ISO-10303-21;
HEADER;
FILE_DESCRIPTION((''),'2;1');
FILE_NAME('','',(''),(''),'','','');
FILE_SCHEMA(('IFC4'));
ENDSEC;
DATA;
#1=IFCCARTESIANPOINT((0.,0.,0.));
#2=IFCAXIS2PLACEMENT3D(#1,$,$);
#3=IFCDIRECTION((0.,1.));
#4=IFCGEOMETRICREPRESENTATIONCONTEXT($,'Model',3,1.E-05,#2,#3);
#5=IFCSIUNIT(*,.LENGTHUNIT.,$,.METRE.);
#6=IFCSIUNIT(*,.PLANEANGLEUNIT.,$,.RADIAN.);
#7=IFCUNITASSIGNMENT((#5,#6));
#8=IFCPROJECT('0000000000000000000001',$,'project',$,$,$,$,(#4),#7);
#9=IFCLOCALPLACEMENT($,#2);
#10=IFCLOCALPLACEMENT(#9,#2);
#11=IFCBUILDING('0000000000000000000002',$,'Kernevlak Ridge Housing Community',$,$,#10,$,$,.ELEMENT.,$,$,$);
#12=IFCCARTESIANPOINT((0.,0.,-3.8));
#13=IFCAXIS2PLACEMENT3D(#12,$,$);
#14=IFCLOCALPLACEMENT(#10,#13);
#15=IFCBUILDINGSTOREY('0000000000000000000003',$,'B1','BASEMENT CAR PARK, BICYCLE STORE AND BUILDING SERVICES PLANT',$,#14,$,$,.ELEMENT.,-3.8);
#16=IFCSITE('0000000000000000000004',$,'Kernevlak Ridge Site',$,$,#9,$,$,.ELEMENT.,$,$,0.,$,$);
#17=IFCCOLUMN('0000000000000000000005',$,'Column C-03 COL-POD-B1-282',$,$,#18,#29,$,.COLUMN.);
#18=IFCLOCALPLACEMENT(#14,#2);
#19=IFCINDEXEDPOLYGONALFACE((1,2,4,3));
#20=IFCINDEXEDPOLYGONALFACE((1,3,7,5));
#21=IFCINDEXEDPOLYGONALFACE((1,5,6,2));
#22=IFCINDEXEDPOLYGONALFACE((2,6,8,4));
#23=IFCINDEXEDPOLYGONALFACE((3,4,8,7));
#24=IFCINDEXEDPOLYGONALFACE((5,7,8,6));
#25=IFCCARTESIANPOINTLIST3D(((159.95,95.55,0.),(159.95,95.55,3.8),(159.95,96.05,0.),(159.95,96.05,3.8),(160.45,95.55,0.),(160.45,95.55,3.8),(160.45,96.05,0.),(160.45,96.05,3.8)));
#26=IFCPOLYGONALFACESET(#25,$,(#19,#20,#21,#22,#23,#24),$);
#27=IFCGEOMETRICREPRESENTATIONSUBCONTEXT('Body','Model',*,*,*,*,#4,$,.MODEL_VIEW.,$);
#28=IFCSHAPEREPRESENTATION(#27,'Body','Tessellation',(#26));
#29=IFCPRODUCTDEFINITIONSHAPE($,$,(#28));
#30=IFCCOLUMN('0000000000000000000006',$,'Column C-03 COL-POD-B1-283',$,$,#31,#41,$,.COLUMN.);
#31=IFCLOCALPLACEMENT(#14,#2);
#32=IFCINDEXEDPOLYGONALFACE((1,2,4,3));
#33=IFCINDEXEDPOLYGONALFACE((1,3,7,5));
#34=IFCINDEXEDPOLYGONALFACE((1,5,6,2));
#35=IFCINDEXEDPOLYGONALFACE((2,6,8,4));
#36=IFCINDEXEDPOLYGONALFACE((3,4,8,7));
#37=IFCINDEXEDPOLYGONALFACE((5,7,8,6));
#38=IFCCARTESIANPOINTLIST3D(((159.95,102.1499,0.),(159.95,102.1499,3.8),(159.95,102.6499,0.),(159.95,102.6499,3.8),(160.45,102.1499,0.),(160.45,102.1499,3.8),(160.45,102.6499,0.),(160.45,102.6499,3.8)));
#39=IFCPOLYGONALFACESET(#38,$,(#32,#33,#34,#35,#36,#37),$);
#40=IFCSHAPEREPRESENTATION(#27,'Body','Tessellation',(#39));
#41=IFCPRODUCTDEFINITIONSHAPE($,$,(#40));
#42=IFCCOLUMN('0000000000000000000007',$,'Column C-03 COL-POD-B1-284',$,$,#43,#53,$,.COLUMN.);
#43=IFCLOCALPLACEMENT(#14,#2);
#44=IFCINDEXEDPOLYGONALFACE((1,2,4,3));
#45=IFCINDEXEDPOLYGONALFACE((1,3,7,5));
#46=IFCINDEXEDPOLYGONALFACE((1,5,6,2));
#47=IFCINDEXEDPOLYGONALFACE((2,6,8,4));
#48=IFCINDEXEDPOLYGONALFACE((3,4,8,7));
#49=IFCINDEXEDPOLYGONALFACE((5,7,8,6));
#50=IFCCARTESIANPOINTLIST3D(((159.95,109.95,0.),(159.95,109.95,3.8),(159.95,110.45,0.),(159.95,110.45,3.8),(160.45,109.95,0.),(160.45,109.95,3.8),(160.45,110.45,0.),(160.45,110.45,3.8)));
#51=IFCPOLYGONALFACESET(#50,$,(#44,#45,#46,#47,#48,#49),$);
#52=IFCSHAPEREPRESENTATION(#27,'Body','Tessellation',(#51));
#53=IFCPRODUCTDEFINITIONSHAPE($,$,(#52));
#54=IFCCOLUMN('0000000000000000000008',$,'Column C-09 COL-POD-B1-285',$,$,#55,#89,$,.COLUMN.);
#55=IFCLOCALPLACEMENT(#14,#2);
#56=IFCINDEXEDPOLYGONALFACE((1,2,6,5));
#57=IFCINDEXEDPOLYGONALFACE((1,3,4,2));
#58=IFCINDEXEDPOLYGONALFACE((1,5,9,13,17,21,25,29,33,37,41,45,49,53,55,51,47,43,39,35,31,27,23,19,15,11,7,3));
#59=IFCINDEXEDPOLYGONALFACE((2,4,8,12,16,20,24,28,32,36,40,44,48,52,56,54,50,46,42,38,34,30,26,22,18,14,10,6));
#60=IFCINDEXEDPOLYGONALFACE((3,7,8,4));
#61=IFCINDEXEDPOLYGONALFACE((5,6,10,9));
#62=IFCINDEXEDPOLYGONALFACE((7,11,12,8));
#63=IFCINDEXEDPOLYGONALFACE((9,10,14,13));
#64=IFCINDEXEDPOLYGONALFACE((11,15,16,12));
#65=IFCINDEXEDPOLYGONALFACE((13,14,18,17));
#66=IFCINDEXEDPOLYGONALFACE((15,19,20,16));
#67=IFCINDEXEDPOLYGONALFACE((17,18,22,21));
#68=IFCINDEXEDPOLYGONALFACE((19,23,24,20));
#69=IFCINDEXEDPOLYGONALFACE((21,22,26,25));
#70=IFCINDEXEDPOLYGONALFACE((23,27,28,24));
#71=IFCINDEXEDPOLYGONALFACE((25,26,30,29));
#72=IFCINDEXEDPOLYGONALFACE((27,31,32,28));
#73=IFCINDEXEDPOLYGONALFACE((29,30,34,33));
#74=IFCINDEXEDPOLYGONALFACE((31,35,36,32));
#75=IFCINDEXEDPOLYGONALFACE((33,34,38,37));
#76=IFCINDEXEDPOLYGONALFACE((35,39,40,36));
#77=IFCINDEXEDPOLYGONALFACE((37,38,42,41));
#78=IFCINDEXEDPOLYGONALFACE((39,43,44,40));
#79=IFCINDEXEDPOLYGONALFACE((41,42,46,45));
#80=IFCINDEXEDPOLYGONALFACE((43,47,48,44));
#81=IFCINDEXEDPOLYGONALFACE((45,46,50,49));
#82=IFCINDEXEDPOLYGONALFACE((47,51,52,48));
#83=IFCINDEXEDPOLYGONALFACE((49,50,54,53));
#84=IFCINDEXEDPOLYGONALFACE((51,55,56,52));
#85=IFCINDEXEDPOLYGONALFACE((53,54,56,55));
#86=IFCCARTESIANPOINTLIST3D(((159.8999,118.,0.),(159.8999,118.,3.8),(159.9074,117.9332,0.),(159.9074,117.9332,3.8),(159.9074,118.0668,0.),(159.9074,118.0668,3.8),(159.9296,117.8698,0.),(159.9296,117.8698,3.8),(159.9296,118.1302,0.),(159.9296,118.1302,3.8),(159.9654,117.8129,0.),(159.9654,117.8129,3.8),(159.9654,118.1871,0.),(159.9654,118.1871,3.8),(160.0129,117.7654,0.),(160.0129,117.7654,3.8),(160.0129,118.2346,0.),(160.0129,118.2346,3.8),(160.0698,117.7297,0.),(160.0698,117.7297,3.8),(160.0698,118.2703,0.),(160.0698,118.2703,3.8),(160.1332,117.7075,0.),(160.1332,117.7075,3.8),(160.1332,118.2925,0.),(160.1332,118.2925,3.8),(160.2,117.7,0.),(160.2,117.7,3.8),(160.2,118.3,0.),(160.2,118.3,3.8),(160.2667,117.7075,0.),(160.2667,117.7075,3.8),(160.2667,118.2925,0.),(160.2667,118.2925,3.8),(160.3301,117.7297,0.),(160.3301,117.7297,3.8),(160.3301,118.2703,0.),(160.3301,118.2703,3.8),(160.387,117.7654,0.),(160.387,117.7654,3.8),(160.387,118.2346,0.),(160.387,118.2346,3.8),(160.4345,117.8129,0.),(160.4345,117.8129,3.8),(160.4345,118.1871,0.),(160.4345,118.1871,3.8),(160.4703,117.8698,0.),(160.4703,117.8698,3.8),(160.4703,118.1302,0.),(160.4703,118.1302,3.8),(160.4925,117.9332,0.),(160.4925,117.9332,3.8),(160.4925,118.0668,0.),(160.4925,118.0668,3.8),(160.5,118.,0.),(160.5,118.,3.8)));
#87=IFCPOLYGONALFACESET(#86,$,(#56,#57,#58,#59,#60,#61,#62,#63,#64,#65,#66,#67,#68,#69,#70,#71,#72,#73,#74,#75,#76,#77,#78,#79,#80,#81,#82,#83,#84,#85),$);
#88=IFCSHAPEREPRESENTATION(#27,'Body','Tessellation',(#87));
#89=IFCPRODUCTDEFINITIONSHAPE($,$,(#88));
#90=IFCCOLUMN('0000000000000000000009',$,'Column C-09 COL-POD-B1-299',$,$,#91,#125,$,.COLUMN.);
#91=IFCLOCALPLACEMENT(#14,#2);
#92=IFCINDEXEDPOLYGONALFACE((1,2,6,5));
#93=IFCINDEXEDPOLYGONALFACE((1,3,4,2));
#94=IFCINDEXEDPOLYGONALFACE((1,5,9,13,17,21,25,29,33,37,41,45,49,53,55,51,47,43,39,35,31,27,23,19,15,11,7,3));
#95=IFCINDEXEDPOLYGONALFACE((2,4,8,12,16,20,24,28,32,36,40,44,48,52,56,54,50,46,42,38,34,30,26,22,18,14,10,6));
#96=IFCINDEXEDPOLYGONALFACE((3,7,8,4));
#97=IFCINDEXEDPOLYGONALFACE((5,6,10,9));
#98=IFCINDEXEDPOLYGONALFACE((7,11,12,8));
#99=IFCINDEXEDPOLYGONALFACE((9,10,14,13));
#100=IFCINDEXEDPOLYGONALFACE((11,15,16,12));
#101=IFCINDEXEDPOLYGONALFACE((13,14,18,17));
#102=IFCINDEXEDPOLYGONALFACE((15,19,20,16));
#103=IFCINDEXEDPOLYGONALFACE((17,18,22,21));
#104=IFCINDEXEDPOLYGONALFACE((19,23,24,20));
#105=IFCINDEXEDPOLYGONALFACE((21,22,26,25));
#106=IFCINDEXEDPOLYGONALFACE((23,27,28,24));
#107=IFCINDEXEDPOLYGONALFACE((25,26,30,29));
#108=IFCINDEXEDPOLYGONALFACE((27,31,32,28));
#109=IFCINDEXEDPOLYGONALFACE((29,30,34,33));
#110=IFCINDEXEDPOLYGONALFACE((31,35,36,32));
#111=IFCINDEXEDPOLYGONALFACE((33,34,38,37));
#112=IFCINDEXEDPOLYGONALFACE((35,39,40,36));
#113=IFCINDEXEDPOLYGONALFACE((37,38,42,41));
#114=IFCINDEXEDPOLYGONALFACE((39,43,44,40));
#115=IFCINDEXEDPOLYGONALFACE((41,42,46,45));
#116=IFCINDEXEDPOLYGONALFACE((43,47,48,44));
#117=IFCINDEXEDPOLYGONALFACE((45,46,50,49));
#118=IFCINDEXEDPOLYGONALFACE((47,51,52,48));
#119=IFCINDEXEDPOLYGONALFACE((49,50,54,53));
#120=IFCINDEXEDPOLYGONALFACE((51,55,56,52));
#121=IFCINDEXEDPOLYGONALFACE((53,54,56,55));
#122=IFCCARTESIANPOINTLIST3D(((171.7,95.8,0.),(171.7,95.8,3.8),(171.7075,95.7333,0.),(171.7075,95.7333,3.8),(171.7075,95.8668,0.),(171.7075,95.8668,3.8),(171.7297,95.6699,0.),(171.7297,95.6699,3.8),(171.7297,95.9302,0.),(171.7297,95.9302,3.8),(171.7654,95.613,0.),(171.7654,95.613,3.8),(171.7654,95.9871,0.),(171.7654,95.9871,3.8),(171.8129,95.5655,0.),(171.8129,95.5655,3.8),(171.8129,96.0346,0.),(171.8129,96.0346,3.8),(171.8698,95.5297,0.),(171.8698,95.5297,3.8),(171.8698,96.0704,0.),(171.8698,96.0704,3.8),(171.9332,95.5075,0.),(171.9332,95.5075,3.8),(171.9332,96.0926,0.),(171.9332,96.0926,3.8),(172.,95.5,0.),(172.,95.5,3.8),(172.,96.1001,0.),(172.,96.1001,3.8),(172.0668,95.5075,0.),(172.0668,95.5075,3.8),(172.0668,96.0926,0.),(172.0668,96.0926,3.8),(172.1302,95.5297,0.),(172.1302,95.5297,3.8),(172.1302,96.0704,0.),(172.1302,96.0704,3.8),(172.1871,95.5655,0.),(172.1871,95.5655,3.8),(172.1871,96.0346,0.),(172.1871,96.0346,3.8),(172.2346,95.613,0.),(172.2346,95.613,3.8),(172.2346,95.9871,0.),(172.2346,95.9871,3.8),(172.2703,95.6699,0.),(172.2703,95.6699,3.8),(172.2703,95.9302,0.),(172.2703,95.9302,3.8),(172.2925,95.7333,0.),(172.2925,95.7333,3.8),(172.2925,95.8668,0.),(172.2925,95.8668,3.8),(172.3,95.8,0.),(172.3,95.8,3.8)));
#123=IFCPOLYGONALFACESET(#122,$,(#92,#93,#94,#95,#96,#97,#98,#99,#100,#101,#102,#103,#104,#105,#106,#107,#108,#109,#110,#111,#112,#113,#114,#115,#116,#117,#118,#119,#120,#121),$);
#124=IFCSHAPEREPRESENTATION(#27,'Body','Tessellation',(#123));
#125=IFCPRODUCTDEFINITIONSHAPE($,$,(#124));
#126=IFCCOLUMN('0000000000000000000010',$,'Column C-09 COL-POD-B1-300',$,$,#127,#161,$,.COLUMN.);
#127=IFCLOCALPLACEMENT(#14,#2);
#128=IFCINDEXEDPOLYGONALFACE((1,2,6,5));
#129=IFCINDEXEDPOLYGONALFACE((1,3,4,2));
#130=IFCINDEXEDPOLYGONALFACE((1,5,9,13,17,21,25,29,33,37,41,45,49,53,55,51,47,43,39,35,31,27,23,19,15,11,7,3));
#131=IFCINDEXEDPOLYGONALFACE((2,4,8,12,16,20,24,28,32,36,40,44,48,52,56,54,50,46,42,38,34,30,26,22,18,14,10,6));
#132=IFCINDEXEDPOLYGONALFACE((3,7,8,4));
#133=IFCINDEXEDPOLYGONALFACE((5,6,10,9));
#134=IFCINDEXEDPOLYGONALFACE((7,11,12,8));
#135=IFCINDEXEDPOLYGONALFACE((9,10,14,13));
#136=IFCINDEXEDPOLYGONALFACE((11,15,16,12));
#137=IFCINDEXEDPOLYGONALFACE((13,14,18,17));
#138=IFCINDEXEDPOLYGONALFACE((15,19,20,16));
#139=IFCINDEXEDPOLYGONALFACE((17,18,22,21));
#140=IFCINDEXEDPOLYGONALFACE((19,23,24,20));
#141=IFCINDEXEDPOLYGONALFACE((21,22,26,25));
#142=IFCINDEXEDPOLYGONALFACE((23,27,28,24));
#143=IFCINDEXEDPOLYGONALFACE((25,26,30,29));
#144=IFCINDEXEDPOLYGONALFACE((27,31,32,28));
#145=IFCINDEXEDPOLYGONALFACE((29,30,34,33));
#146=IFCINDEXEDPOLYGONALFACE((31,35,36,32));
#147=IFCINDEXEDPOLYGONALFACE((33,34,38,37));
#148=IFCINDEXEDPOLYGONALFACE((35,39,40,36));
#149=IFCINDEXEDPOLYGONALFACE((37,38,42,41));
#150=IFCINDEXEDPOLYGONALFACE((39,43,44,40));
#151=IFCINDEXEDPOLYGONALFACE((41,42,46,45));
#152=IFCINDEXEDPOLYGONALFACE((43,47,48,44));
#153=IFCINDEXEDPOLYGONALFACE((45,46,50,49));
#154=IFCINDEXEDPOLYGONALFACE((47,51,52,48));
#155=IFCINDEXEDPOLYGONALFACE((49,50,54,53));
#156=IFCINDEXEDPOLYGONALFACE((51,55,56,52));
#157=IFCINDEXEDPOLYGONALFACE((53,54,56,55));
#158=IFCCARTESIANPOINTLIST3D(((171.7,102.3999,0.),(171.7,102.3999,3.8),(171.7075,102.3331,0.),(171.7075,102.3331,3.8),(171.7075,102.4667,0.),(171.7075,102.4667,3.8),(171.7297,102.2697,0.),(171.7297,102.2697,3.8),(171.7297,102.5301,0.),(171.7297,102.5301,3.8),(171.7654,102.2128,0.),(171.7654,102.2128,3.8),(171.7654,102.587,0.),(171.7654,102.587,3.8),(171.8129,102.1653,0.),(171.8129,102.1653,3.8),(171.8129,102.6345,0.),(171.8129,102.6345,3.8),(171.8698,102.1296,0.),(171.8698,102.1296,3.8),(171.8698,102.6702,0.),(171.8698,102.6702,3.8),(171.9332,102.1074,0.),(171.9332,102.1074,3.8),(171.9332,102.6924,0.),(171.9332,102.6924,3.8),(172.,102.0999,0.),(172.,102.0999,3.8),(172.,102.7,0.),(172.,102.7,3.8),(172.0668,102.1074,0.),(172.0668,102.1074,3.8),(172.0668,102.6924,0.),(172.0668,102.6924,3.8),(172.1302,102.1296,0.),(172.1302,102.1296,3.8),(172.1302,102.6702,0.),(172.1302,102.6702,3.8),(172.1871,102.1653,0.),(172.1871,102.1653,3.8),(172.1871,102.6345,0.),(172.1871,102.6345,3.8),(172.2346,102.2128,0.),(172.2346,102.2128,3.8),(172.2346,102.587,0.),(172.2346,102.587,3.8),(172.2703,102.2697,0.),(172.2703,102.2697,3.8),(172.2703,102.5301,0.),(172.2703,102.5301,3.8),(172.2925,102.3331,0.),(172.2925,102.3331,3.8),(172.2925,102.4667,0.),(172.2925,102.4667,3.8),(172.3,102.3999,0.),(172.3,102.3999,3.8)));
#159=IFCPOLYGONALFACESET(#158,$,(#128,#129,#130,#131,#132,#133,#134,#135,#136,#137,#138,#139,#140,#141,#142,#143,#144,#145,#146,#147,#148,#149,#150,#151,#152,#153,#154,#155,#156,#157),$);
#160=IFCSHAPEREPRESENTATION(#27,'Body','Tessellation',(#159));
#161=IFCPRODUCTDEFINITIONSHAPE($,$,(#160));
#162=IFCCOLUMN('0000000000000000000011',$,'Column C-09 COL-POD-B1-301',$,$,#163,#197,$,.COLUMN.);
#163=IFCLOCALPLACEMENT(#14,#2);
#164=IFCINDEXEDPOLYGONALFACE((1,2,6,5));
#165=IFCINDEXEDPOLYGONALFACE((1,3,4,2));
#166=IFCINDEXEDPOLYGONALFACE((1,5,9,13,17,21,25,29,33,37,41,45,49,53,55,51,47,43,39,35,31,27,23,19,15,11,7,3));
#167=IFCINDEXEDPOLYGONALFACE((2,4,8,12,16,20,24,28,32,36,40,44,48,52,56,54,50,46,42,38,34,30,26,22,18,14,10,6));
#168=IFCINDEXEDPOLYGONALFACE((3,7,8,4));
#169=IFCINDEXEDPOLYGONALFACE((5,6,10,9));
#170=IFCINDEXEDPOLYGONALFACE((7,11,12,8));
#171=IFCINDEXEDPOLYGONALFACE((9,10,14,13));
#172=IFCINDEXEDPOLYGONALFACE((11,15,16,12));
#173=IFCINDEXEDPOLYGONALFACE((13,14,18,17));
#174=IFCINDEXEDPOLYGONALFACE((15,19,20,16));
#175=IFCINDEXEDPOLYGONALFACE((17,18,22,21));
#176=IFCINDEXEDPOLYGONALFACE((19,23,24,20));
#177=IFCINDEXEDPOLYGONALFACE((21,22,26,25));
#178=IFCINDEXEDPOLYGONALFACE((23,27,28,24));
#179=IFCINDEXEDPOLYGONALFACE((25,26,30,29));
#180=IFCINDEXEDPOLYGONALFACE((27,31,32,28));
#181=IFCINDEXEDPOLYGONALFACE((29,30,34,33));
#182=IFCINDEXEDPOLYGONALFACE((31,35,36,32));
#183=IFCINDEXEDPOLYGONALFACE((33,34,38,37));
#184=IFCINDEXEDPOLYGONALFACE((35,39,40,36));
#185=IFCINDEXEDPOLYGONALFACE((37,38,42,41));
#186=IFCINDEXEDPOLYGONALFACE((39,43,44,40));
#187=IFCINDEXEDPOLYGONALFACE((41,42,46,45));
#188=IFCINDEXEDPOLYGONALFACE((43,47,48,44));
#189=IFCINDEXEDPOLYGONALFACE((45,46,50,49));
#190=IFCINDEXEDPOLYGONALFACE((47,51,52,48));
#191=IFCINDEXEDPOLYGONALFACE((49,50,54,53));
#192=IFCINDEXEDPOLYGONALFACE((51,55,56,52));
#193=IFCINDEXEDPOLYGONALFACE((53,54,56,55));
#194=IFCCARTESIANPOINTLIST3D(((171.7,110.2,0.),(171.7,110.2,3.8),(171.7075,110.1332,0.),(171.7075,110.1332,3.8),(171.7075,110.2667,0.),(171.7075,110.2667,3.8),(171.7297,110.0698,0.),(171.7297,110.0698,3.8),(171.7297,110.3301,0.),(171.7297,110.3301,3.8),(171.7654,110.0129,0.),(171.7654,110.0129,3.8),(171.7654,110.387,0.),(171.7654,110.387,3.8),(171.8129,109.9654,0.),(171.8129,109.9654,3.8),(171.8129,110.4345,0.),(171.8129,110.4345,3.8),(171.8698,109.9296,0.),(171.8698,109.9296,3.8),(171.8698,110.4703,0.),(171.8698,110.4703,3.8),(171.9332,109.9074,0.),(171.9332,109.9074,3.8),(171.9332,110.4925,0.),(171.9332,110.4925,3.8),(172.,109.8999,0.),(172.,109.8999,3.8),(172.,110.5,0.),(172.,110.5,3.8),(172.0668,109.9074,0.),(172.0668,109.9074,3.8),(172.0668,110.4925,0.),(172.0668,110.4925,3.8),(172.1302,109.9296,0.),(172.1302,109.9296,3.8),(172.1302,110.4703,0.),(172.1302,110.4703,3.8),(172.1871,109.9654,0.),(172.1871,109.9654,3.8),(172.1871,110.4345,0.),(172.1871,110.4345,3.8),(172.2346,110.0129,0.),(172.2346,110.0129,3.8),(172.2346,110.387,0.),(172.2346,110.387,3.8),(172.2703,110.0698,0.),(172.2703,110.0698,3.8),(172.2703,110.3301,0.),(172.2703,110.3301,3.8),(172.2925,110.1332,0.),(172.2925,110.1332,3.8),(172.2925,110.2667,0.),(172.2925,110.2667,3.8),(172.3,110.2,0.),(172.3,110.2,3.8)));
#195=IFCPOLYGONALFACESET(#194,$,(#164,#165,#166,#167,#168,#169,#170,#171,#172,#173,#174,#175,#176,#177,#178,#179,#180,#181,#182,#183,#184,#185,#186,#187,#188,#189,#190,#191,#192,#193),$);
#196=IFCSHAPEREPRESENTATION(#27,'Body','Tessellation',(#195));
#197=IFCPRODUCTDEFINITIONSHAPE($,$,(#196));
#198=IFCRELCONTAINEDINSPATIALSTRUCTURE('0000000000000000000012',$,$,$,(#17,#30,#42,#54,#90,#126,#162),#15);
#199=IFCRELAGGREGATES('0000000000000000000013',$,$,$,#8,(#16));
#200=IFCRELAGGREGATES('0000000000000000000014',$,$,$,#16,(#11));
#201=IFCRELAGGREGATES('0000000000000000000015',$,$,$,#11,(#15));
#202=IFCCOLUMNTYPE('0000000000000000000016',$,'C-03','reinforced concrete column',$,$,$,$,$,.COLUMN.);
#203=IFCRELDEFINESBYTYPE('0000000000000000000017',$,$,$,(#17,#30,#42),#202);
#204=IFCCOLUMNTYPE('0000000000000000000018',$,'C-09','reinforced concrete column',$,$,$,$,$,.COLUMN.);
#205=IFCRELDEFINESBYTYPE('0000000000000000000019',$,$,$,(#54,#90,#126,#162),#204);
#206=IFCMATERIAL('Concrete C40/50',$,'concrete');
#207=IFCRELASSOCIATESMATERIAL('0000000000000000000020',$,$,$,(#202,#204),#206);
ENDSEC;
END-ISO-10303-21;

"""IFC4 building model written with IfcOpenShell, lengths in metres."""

from ifc_helpers import new_model, si_unit, direction, frame, origin, origin_2d, place, context, subcontext, project, spatial, rectangle, circle, extrude, material, material_profile, profile_set, type_object, element, save


model = new_model("IFC4")

# Units and contexts
model_context = context("Model", 3, precision=1e-05, world=origin(), true_north=direction((0.0, 1.0)))
body_context = subcontext(model_context, "Body", "Model", "MODEL_VIEW")
ifc_project = project(units=[si_unit("LENGTHUNIT", "METRE"), si_unit("PLANEANGLEUNIT", "RADIAN")], contexts=[model_context])

# Site, building, storey
site_placement = place(None, origin())
site = spatial("IfcSite", under=ifc_project, at=site_placement, Name="Kernevlak Ridge Site", CompositionType="ELEMENT", RefElevation=0.0)
building_placement = place(site_placement, origin())
building = spatial("IfcBuilding", under=site, at=building_placement, Name="Kernevlak Ridge Housing Community", CompositionType="ELEMENT")
storey_placement = place(building_placement, frame((0.0, 0.0, -3.8)))
storey = spatial("IfcBuildingStorey", under=building, at=storey_placement, Name="B1", Description="BASEMENT CAR PARK, BICYCLE STORE AND BUILDING SERVICES PLANT", CompositionType="ELEMENT", Elevation=-3.8)

# Columns
ifc_material_1 = material(Name="Concrete C40/50", Category="concrete")
ifc_material_profile_1 = material_profile(ifc_material_1, rectangle(XDim=0.5, YDim=0.5, at=origin_2d()), Name="RC 500x500")
ifc_profile_set_1 = profile_set([ifc_material_profile_1], Name="Concrete C40/50")
column_type_1 = type_object("IfcColumnType", Name="C-03", Description="reinforced concrete column", PredefinedType="COLUMN", material=ifc_profile_set_1)
for number, where, z_axis, x_axis, name in (
    (1, (160.2, 95.8, 0.0), (0.0, 0.0, 1.0), (1.0, 0.0, 0.0), "Column C-03 COL-POD-B1-282"),
    (2, (160.2, 102.3999, 0.0), (0.0, 0.0, 1.0), (1.0, 0.0, 0.0), "Column C-03 COL-POD-B1-283"),
    (3, (160.2, 110.2, 0.0), (0.0, 0.0, 1.0), (1.0, 0.0, 0.0), "Column C-03 COL-POD-B1-284"),
):
    element("IfcColumn", number, at=place(storey_placement, frame(where, z_axis=z_axis, x_axis=x_axis)), inside=storey, type_object=column_type_1, Name=name, PredefinedType="COLUMN", context=body_context, shape_type="SweptSolid", body=[
        extrude(rectangle(XDim=0.5, YDim=0.5, at=origin_2d()), origin(), (0.0, 0.0, 1.0), 3.8),
    ])
ifc_material_profile_2 = material_profile(ifc_material_1, circle(Radius=0.3, at=origin_2d()), Name="RC D600")
ifc_profile_set_2 = profile_set([ifc_material_profile_2], Name="Concrete C40/50")
column_type_2 = type_object("IfcColumnType", Name="C-09", Description="reinforced concrete column", PredefinedType="COLUMN", material=ifc_profile_set_2)
for number, where, z_axis, x_axis, name in (
    (4, (160.2, 118.0, 0.0), (0.0, 0.0, 1.0), (1.0, 0.0, 0.0), "Column C-09 COL-POD-B1-285"),
    (5, (172.0, 95.8, 0.0), (0.0, 0.0, 1.0), (1.0, 0.0, 0.0), "Column C-09 COL-POD-B1-299"),
    (6, (172.0, 102.3999, 0.0), (0.0, 0.0, 1.0), (1.0, 0.0, 0.0), "Column C-09 COL-POD-B1-300"),
    (7, (172.0, 110.2, 0.0), (0.0, 0.0, 1.0), (1.0, 0.0, 0.0), "Column C-09 COL-POD-B1-301"),
):
    element("IfcColumn", number, at=place(storey_placement, frame(where, z_axis=z_axis, x_axis=x_axis)), inside=storey, type_object=column_type_2, Name=name, PredefinedType="COLUMN", context=body_context, shape_type="SweptSolid", body=[
        extrude(circle(Radius=0.3, at=origin_2d()), origin(), (0.0, 0.0, 1.0), 3.8),
    ])

save(model, "model.ifc")
